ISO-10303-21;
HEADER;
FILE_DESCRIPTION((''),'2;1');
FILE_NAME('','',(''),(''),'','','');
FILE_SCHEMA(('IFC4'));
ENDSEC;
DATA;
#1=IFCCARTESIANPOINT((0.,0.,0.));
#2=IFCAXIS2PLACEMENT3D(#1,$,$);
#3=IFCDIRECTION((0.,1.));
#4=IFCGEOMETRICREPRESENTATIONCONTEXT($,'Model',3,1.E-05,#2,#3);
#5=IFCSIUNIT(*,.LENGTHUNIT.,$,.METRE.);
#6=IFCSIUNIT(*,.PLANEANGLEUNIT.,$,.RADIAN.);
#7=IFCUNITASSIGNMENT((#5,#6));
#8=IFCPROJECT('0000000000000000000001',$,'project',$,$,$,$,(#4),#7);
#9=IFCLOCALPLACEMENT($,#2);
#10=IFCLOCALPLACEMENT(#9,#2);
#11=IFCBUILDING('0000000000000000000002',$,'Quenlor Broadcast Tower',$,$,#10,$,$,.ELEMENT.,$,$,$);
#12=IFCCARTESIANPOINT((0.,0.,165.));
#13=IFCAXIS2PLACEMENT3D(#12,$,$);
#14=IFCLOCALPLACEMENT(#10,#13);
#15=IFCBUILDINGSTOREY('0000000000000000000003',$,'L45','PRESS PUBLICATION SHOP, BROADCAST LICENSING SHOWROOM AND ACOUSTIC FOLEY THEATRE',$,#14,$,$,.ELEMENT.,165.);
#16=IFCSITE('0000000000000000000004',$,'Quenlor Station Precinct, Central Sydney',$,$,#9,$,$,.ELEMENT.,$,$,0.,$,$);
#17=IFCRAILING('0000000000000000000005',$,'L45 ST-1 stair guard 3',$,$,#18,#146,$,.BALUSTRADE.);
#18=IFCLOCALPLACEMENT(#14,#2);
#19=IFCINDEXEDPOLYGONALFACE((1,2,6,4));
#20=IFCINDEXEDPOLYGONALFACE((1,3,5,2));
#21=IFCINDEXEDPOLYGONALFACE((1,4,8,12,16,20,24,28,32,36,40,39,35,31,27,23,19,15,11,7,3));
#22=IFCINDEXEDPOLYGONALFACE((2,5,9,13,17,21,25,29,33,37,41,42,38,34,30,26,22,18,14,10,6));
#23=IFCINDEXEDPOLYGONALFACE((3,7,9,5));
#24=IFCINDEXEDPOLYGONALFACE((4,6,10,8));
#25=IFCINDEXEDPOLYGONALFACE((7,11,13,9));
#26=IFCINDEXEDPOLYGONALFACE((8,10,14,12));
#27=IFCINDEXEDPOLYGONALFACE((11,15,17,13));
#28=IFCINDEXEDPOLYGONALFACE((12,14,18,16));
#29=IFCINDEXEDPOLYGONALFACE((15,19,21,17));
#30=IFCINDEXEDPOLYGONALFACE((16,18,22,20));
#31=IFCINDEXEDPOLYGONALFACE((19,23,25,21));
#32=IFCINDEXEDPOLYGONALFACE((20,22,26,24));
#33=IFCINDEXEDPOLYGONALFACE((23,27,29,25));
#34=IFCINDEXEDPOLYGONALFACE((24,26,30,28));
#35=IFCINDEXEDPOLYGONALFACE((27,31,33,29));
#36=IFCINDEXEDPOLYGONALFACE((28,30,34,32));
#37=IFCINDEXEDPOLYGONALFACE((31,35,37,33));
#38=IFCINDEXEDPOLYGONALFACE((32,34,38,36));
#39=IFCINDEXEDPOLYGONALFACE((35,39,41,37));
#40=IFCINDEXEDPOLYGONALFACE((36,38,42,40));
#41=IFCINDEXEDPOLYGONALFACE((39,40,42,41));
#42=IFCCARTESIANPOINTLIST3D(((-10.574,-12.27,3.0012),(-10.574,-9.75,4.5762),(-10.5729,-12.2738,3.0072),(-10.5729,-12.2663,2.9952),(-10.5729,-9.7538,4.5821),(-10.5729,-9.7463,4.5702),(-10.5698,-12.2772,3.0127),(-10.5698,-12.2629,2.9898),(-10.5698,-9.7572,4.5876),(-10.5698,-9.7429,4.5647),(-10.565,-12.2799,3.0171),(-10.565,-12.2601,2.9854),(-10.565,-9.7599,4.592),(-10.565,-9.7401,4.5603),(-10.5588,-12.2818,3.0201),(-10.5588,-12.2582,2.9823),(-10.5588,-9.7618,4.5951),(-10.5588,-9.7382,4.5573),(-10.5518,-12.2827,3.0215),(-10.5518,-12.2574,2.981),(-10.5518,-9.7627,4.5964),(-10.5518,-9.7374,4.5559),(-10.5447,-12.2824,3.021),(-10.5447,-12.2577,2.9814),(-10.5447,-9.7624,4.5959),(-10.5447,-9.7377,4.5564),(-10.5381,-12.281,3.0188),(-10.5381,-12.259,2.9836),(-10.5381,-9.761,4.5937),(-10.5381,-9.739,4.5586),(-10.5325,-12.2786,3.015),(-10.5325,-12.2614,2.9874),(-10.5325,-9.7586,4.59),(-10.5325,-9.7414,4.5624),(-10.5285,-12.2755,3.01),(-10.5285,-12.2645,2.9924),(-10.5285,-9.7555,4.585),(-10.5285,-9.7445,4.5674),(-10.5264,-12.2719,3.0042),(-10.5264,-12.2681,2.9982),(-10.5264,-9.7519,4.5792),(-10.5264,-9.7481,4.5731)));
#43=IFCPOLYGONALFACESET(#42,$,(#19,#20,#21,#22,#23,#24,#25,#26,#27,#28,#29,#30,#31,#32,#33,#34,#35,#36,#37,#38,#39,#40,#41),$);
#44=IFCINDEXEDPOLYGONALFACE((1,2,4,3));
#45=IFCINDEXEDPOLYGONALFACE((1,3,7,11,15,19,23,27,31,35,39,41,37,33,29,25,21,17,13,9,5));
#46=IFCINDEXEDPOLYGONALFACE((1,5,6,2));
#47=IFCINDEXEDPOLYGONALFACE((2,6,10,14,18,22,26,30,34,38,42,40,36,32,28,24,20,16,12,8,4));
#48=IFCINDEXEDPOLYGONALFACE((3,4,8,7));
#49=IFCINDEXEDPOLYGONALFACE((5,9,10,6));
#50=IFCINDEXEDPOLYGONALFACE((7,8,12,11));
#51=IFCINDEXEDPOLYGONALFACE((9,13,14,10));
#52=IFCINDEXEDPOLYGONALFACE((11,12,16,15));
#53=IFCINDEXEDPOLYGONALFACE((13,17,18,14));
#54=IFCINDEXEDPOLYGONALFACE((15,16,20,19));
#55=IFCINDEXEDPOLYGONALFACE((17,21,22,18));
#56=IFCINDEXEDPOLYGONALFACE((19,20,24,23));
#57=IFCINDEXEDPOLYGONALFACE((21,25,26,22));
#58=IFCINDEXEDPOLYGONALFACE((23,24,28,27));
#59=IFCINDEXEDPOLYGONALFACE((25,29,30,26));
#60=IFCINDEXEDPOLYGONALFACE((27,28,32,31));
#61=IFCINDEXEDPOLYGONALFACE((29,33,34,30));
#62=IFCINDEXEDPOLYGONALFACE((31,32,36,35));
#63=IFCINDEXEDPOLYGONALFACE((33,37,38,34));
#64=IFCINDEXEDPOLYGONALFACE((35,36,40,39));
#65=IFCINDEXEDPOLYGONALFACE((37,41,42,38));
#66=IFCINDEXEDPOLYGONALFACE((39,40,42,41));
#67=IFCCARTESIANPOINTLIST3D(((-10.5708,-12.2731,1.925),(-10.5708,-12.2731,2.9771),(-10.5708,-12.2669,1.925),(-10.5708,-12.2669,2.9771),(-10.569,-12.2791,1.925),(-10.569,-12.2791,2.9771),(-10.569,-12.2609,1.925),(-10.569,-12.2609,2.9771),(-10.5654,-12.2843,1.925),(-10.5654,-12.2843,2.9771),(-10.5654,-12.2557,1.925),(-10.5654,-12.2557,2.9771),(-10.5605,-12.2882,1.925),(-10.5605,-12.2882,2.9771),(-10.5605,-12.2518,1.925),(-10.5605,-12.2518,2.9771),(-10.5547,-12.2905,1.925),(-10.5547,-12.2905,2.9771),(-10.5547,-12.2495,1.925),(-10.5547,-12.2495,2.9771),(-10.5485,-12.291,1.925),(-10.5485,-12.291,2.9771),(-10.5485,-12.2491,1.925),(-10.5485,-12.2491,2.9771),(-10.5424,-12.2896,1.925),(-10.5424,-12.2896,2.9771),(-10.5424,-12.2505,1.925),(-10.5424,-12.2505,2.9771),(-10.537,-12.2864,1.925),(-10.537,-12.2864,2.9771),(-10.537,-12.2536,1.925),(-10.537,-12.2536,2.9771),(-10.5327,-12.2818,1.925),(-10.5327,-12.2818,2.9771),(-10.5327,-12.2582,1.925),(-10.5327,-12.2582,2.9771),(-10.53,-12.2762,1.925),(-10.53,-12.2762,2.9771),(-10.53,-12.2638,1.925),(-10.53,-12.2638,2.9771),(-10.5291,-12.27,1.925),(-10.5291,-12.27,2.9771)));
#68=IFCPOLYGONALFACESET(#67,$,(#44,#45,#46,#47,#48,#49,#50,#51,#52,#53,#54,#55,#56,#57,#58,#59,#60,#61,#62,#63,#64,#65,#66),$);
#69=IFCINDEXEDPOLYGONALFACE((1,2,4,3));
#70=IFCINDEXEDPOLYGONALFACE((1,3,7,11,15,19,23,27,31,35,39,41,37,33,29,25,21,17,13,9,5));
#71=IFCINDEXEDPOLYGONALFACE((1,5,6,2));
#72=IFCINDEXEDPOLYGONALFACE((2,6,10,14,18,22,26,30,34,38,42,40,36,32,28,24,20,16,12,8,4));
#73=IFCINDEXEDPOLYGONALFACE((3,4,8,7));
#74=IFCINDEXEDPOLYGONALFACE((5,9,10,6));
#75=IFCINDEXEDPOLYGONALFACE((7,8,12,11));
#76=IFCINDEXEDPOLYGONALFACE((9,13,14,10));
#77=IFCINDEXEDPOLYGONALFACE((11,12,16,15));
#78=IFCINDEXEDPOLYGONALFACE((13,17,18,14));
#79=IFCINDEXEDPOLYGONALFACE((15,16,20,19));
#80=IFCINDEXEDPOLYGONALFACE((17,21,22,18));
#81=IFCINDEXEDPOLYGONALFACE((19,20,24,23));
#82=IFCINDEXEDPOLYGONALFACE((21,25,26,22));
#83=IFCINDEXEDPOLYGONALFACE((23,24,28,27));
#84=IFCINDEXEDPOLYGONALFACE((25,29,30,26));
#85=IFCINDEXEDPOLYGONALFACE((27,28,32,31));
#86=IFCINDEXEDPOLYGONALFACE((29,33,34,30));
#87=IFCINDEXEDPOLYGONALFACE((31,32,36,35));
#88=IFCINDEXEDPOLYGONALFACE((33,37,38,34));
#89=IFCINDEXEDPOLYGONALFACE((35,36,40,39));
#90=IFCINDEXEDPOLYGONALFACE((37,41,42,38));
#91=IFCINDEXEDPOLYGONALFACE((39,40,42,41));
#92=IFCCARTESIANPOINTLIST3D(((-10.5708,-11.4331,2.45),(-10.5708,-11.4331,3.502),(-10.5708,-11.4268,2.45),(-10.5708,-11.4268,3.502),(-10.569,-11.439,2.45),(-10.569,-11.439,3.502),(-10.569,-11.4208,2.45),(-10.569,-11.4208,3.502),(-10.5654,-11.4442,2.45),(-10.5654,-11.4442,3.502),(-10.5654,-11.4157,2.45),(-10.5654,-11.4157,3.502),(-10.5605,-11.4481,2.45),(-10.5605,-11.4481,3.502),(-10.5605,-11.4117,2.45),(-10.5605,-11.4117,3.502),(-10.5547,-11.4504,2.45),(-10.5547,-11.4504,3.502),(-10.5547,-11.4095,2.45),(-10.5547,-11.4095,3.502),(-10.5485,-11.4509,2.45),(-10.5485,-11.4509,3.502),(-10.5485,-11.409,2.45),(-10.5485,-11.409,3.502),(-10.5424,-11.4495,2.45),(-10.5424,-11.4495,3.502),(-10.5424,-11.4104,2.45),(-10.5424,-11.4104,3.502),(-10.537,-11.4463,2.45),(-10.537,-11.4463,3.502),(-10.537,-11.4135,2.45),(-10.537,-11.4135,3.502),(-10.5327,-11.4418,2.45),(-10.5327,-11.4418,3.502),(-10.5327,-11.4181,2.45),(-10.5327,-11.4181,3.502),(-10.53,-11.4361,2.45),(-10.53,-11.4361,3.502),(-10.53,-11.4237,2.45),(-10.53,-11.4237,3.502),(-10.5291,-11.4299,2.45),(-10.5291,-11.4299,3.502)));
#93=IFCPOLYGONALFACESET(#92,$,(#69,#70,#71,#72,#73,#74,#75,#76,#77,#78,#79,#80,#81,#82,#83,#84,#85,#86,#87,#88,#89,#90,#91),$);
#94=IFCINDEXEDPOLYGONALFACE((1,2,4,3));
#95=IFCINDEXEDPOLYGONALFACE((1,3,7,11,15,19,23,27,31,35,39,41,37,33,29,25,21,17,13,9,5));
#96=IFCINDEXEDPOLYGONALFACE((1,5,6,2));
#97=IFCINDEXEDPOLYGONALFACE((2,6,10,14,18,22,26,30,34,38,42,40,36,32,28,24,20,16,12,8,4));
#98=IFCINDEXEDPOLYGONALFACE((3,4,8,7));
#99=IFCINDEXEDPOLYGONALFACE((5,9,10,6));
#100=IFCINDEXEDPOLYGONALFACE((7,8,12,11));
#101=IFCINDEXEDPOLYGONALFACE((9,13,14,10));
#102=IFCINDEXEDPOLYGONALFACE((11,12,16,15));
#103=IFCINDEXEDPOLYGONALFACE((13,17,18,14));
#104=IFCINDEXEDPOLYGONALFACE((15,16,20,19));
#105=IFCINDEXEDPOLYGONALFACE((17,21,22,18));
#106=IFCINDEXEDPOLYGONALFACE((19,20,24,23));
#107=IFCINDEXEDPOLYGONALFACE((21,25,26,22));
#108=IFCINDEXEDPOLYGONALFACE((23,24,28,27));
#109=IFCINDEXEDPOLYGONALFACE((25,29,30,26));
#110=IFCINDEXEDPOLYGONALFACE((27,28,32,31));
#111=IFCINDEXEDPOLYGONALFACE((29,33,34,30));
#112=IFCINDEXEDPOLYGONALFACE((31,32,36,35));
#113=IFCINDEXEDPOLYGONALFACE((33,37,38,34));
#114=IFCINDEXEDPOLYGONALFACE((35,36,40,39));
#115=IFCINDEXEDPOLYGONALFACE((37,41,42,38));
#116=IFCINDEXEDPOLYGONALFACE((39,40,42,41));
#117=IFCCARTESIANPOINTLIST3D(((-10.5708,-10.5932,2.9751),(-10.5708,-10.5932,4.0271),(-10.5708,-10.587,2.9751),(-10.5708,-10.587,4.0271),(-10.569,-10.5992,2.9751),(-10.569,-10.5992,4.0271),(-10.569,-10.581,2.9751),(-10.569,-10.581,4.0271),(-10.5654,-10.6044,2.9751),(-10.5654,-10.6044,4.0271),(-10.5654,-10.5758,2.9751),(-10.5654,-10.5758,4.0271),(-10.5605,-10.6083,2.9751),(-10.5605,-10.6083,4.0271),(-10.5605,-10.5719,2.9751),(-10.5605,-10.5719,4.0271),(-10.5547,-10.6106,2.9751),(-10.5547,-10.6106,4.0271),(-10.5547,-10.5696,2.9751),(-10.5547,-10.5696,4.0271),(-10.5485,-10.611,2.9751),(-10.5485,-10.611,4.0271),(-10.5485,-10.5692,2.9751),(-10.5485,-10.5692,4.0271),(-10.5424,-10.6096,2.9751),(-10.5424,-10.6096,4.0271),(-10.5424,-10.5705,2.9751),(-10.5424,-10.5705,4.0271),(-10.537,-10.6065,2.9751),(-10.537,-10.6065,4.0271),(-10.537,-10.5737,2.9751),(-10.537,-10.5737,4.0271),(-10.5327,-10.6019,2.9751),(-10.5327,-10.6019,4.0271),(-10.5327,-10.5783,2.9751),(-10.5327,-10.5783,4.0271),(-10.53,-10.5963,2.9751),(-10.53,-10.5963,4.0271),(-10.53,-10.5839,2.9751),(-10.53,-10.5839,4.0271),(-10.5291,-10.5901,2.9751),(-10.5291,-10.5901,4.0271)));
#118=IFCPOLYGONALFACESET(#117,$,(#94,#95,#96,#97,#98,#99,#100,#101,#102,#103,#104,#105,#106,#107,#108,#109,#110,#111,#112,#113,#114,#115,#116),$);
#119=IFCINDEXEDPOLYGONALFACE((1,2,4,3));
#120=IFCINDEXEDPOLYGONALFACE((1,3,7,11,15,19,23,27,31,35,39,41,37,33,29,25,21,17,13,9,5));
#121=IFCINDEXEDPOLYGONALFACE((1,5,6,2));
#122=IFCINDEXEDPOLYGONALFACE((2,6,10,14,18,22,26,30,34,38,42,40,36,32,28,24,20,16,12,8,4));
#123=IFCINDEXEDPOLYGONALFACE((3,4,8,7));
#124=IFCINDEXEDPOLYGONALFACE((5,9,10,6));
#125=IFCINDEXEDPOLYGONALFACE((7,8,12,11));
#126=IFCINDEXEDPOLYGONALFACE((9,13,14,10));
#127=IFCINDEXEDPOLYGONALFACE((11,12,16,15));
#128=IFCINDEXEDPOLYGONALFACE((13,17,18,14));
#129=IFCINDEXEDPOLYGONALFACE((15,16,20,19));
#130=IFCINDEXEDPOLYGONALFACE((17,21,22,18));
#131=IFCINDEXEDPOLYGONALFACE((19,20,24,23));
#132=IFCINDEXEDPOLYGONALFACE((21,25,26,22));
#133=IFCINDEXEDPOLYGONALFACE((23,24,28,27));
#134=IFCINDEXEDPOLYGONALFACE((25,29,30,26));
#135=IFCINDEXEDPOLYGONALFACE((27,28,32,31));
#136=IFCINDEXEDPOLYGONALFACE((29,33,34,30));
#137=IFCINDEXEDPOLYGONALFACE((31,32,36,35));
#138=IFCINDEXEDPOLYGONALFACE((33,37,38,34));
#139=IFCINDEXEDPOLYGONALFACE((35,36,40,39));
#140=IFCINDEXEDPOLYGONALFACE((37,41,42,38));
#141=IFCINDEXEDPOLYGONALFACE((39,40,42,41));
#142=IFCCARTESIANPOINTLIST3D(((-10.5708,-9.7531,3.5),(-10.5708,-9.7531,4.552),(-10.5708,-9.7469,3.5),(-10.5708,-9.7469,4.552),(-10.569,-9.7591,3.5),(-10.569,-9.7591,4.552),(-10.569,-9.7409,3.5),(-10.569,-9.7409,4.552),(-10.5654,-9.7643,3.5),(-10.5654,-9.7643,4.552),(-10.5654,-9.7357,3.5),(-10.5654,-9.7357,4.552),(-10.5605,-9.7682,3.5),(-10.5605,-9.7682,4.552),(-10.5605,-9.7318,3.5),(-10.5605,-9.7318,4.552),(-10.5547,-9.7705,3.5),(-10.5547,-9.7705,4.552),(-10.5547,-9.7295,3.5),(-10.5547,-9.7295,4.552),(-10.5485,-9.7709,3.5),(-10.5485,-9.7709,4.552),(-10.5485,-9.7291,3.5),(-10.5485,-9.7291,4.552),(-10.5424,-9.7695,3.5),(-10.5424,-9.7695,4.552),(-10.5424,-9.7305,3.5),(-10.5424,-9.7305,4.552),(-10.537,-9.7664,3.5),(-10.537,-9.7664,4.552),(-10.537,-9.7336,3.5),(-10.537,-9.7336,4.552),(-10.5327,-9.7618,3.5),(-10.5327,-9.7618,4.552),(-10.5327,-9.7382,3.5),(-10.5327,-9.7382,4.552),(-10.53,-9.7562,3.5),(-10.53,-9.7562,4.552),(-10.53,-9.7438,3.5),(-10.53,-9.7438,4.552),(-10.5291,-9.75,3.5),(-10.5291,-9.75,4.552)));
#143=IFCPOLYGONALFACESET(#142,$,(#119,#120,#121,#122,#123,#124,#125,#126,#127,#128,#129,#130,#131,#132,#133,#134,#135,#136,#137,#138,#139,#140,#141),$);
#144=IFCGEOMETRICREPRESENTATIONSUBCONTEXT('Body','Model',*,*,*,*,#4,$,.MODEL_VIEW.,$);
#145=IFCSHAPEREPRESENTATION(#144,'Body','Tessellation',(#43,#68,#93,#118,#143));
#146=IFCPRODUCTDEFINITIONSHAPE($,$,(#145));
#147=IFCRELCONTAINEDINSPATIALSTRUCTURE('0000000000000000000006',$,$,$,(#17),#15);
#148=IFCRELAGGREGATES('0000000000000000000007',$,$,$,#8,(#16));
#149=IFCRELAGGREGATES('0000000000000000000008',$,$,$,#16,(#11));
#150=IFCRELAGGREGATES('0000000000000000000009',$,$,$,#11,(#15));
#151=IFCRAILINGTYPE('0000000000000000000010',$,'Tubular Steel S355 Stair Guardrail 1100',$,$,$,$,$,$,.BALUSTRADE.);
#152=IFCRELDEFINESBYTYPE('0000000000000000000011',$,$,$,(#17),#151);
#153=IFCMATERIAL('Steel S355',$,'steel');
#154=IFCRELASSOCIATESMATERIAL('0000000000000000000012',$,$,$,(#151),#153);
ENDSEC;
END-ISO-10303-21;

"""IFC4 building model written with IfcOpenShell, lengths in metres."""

from ifc_helpers import new_model, si_unit, direction, frame, origin, origin_2d, place, context, subcontext, project, spatial, circle, extrude, material, type_object, element, save


model = new_model("IFC4")

# Units and contexts
model_context = context("Model", 3, precision=1e-05, world=origin(), true_north=direction((0.0, 1.0)))
body_context = subcontext(model_context, "Body", "Model", "MODEL_VIEW")
ifc_project = project(units=[si_unit("LENGTHUNIT", "METRE"), si_unit("PLANEANGLEUNIT", "RADIAN")], contexts=[model_context])

# Site, building, storey
site_placement = place(None, origin())
site = spatial("IfcSite", under=ifc_project, at=site_placement, Name="Quenlor Station Precinct, Central Sydney", CompositionType="ELEMENT", RefElevation=0.0)
building_placement = place(site_placement, origin())
building = spatial("IfcBuilding", under=site, at=building_placement, Name="Quenlor Broadcast Tower", CompositionType="ELEMENT")
storey_placement = place(building_placement, frame((0.0, 0.0, 165.0)))
storey = spatial("IfcBuildingStorey", under=building, at=storey_placement, Name="L45", Description="PRESS PUBLICATION SHOP, BROADCAST LICENSING SHOWROOM AND ACOUSTIC FOLEY THEATRE", CompositionType="ELEMENT", Elevation=165.0)

# Railing
ifc_material_1 = material(Name="Steel S355", Category="steel")
railing_type_1 = type_object("IfcRailingType", Name="Tubular Steel S355 Stair Guardrail 1100", PredefinedType="BALUSTRADE", material=ifc_material_1)
railing_1_placement = place(storey_placement, frame((-10.55, -12.27, 1.925)))
element("IfcRailing", 1, at=railing_1_placement, inside=storey, type_object=railing_type_1, Name="L45 ST-1 stair guard 3", PredefinedType="BALUSTRADE", context=body_context, shape_type="SweptSolid", body=[
    extrude(circle(Radius=0.0239, at=origin_2d()), frame((0.0, 0.0, 1.0762), z_axis=(0.0, 0.848008, 0.529984), x_axis=(-1.0, 0.0, 0.0)), (0.0, 0.0, 1.0), 2.9717),
    extrude(circle(Radius=0.021, at=origin_2d()), origin(), (0.0, 0.0, 1.0), 1.052),
    extrude(circle(Radius=0.021, at=origin_2d()), frame((0.0, 0.8401, 0.5249)), (0.0, 0.0, 1.0), 1.052),
    extrude(circle(Radius=0.021, at=origin_2d()), frame((0.0, 1.6799, 1.05)), (0.0, 0.0, 1.0), 1.052),
    extrude(circle(Radius=0.021, at=origin_2d()), frame((0.0, 2.52, 1.575)), (0.0, 0.0, 1.0), 1.052),
])

save(model, "model.ifc")
